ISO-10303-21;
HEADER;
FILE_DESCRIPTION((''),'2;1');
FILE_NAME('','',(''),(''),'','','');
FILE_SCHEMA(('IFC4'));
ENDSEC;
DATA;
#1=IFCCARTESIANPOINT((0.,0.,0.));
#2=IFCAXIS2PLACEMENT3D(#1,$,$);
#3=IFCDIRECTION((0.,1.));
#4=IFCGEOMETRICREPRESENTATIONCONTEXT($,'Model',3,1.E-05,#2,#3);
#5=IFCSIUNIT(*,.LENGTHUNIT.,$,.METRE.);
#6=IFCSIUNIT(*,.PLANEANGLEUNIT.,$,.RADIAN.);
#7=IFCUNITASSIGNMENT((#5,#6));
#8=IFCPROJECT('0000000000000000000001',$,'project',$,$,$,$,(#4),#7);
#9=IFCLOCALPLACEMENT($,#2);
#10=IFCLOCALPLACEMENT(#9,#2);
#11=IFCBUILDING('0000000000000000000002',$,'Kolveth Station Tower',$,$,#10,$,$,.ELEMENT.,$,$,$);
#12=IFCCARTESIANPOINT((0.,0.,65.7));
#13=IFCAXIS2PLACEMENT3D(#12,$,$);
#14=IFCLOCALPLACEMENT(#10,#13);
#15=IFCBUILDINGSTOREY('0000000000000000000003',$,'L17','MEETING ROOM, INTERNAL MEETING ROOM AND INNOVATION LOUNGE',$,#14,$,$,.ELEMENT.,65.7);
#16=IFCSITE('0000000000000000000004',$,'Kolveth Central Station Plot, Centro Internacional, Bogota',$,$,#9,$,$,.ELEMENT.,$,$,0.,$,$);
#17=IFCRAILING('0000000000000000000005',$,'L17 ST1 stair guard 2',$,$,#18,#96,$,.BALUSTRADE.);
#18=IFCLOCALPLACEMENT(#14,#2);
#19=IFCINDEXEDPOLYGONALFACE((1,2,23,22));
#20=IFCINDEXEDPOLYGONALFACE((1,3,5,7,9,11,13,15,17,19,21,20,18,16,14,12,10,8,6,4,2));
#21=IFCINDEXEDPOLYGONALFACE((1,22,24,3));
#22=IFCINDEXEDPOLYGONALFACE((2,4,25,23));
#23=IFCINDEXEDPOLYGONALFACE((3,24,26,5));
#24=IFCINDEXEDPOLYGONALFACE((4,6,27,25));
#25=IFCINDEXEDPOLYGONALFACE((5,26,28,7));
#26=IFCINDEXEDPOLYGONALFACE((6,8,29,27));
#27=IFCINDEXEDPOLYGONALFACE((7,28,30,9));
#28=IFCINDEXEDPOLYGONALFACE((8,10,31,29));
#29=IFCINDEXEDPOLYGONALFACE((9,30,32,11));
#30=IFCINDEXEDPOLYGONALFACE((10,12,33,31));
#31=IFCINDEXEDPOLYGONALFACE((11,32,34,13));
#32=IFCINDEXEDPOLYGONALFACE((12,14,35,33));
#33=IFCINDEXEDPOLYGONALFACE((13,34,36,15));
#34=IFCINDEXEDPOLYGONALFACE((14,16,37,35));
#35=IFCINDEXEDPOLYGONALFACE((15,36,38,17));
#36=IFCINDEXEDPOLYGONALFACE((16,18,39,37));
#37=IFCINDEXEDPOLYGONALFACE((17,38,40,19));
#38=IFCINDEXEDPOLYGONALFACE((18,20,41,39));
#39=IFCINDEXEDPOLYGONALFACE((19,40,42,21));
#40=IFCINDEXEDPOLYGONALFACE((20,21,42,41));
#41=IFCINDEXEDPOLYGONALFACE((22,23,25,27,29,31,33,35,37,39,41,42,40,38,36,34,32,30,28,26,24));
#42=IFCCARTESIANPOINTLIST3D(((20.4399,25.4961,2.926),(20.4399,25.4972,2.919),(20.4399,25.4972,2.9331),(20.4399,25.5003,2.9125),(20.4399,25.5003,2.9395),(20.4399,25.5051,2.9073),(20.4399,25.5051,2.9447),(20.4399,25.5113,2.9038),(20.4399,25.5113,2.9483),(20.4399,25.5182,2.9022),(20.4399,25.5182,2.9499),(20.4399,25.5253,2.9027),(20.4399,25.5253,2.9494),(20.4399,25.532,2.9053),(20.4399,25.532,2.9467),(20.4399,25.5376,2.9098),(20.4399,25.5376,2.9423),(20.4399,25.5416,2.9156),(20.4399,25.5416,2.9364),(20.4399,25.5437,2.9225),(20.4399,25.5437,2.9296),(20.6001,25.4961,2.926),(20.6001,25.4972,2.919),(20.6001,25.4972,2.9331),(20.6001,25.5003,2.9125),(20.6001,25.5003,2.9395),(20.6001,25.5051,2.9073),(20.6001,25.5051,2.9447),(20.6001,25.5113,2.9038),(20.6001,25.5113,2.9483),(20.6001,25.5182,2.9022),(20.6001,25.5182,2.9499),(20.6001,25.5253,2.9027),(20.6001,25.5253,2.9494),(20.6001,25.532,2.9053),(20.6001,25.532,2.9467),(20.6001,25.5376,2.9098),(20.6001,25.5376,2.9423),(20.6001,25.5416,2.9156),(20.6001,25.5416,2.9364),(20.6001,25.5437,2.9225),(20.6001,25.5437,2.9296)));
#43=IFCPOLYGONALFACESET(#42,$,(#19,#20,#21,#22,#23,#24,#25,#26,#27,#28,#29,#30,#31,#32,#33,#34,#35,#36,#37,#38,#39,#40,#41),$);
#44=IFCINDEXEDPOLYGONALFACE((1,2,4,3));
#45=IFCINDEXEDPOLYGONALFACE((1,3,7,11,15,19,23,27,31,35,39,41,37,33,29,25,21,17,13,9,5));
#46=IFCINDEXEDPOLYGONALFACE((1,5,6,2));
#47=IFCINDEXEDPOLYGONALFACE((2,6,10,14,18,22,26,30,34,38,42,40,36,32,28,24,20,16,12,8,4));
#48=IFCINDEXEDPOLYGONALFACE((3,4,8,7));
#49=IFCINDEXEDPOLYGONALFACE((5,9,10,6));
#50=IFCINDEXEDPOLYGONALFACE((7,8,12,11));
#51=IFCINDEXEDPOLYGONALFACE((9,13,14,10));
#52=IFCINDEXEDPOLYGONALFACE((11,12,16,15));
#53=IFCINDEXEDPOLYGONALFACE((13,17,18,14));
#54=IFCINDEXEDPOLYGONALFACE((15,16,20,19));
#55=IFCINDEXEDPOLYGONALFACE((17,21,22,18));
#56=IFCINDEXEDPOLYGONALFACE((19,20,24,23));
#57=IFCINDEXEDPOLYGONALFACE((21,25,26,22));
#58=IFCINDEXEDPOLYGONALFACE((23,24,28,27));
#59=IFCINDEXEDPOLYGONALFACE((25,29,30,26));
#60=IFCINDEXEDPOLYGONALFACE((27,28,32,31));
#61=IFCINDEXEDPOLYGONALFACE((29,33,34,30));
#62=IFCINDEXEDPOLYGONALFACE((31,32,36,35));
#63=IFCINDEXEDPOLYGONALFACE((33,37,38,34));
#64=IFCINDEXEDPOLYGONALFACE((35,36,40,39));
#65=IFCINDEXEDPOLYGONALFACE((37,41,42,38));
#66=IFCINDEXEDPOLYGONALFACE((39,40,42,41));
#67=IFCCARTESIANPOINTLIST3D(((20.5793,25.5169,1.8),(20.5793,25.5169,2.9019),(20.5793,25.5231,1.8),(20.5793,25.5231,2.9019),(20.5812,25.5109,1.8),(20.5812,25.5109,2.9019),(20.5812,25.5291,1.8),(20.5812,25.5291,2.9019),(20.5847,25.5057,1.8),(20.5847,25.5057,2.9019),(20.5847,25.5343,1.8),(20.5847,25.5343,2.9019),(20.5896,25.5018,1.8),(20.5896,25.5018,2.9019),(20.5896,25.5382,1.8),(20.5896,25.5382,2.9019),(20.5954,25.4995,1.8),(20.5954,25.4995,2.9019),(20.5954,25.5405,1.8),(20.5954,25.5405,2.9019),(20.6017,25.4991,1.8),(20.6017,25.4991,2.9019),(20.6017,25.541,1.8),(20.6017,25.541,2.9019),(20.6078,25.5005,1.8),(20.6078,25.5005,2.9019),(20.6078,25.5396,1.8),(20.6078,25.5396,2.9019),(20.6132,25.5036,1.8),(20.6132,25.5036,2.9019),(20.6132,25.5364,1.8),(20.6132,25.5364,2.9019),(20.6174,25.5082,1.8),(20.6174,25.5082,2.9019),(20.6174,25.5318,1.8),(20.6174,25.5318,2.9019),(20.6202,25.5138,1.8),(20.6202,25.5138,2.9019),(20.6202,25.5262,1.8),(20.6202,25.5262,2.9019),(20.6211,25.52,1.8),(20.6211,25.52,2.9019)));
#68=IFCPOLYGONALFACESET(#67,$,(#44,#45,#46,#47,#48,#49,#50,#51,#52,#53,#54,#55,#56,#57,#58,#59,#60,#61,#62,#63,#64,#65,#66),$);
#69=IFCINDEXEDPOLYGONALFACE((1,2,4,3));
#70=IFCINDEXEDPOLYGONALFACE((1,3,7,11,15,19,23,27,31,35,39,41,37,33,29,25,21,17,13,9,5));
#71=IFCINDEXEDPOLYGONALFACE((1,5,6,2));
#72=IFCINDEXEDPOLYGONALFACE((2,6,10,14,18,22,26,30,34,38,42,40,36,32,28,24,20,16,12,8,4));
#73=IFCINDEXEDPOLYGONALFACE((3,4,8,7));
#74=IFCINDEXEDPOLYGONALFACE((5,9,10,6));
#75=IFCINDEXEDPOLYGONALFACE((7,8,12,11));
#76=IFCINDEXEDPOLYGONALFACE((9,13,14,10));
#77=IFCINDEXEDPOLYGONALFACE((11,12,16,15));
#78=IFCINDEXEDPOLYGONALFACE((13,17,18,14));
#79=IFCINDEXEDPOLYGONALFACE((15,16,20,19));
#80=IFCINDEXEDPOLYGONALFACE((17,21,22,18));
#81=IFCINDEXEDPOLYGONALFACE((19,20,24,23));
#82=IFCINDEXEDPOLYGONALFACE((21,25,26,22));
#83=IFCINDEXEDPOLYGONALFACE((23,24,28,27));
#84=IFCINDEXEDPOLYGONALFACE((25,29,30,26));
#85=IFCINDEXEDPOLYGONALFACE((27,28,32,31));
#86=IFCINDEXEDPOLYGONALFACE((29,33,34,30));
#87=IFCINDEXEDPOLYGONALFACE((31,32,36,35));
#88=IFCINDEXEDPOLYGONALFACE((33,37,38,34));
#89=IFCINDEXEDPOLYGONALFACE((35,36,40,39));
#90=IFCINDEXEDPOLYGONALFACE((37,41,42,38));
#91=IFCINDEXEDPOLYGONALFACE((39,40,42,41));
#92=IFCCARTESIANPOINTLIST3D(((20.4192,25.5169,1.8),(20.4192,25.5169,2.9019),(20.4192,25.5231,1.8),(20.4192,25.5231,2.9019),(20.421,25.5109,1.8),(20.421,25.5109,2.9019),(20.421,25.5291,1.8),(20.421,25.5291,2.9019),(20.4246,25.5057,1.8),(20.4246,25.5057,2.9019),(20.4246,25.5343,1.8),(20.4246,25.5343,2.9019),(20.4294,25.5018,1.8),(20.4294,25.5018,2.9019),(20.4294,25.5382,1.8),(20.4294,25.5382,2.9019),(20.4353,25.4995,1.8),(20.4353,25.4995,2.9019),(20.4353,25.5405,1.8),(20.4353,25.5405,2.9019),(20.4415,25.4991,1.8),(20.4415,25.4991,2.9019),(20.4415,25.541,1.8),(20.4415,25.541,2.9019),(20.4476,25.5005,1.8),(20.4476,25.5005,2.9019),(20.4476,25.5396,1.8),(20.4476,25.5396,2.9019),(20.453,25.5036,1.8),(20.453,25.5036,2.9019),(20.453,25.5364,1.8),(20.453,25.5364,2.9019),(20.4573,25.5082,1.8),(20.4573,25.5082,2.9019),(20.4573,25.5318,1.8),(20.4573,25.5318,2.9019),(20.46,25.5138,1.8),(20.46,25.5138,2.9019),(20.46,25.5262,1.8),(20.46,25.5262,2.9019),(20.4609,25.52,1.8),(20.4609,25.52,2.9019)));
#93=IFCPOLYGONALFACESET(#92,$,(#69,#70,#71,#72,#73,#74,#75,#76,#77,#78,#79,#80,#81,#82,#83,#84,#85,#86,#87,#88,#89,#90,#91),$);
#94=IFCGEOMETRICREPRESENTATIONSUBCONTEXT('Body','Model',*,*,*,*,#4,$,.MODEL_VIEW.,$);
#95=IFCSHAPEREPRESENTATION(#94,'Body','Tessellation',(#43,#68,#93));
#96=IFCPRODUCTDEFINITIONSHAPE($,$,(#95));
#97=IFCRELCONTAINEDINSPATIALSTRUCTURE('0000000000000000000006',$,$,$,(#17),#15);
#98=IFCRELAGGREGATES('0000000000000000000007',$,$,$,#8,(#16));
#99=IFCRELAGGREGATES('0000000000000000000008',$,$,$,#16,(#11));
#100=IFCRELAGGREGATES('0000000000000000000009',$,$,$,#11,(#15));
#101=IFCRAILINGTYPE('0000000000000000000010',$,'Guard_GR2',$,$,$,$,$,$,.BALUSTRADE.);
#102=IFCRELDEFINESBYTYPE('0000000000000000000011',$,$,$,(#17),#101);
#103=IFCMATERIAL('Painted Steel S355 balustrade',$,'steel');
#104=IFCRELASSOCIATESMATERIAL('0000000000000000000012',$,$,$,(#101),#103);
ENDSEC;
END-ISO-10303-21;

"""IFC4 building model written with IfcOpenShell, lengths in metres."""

from ifc_helpers import new_model, si_unit, direction, frame, origin, origin_2d, place, context, subcontext, project, spatial, circle, extrude, material, type_object, element, save


model = new_model("IFC4")

# Units and contexts
model_context = context("Model", 3, precision=1e-05, world=origin(), true_north=direction((0.0, 1.0)))
body_context = subcontext(model_context, "Body", "Model", "MODEL_VIEW")
ifc_project = project(units=[si_unit("LENGTHUNIT", "METRE"), si_unit("PLANEANGLEUNIT", "RADIAN")], contexts=[model_context])

# Site, building, storey
site_placement = place(None, origin())
site = spatial("IfcSite", under=ifc_project, at=site_placement, Name="Kolveth Central Station Plot, Centro Internacional, Bogota", CompositionType="ELEMENT", RefElevation=0.0)
building_placement = place(site_placement, origin())
building = spatial("IfcBuilding", under=site, at=building_placement, Name="Kolveth Station Tower", CompositionType="ELEMENT")
storey_placement = place(building_placement, frame((0.0, 0.0, 65.7)))
storey = spatial("IfcBuildingStorey", under=building, at=storey_placement, Name="L17", Description="MEETING ROOM, INTERNAL MEETING ROOM AND INNOVATION LOUNGE", CompositionType="ELEMENT", Elevation=65.7)

# Railing
ifc_material_1 = material(Name="Painted Steel S355 balustrade", Category="steel")
railing_type_1 = type_object("IfcRailingType", Name="Guard_GR2", PredefinedType="BALUSTRADE", material=ifc_material_1)
railing_1_placement = place(storey_placement, frame((20.6001, 25.52, 1.8)))
element("IfcRailing", 1, at=railing_1_placement, inside=storey, type_object=railing_type_1, Name="L17 ST1 stair guard 2", PredefinedType="BALUSTRADE", context=body_context, shape_type="SweptSolid", body=[
    extrude(circle(Radius=0.0239, at=origin_2d()), frame((0.0, 0.0, 1.126), z_axis=(-1.0, 0.0, 0.0), x_axis=(0.0, -1.0, 0.0)), (0.0, 0.0, 1.0), 0.1602),
    extrude(circle(Radius=0.021, at=origin_2d()), origin(), (0.0, 0.0, 1.0), 1.1018),
    extrude(circle(Radius=0.021, at=origin_2d()), frame((-0.1602, 0.0, 0.0)), (0.0, 0.0, 1.0), 1.1018),
])

save(model, "model.ifc")
